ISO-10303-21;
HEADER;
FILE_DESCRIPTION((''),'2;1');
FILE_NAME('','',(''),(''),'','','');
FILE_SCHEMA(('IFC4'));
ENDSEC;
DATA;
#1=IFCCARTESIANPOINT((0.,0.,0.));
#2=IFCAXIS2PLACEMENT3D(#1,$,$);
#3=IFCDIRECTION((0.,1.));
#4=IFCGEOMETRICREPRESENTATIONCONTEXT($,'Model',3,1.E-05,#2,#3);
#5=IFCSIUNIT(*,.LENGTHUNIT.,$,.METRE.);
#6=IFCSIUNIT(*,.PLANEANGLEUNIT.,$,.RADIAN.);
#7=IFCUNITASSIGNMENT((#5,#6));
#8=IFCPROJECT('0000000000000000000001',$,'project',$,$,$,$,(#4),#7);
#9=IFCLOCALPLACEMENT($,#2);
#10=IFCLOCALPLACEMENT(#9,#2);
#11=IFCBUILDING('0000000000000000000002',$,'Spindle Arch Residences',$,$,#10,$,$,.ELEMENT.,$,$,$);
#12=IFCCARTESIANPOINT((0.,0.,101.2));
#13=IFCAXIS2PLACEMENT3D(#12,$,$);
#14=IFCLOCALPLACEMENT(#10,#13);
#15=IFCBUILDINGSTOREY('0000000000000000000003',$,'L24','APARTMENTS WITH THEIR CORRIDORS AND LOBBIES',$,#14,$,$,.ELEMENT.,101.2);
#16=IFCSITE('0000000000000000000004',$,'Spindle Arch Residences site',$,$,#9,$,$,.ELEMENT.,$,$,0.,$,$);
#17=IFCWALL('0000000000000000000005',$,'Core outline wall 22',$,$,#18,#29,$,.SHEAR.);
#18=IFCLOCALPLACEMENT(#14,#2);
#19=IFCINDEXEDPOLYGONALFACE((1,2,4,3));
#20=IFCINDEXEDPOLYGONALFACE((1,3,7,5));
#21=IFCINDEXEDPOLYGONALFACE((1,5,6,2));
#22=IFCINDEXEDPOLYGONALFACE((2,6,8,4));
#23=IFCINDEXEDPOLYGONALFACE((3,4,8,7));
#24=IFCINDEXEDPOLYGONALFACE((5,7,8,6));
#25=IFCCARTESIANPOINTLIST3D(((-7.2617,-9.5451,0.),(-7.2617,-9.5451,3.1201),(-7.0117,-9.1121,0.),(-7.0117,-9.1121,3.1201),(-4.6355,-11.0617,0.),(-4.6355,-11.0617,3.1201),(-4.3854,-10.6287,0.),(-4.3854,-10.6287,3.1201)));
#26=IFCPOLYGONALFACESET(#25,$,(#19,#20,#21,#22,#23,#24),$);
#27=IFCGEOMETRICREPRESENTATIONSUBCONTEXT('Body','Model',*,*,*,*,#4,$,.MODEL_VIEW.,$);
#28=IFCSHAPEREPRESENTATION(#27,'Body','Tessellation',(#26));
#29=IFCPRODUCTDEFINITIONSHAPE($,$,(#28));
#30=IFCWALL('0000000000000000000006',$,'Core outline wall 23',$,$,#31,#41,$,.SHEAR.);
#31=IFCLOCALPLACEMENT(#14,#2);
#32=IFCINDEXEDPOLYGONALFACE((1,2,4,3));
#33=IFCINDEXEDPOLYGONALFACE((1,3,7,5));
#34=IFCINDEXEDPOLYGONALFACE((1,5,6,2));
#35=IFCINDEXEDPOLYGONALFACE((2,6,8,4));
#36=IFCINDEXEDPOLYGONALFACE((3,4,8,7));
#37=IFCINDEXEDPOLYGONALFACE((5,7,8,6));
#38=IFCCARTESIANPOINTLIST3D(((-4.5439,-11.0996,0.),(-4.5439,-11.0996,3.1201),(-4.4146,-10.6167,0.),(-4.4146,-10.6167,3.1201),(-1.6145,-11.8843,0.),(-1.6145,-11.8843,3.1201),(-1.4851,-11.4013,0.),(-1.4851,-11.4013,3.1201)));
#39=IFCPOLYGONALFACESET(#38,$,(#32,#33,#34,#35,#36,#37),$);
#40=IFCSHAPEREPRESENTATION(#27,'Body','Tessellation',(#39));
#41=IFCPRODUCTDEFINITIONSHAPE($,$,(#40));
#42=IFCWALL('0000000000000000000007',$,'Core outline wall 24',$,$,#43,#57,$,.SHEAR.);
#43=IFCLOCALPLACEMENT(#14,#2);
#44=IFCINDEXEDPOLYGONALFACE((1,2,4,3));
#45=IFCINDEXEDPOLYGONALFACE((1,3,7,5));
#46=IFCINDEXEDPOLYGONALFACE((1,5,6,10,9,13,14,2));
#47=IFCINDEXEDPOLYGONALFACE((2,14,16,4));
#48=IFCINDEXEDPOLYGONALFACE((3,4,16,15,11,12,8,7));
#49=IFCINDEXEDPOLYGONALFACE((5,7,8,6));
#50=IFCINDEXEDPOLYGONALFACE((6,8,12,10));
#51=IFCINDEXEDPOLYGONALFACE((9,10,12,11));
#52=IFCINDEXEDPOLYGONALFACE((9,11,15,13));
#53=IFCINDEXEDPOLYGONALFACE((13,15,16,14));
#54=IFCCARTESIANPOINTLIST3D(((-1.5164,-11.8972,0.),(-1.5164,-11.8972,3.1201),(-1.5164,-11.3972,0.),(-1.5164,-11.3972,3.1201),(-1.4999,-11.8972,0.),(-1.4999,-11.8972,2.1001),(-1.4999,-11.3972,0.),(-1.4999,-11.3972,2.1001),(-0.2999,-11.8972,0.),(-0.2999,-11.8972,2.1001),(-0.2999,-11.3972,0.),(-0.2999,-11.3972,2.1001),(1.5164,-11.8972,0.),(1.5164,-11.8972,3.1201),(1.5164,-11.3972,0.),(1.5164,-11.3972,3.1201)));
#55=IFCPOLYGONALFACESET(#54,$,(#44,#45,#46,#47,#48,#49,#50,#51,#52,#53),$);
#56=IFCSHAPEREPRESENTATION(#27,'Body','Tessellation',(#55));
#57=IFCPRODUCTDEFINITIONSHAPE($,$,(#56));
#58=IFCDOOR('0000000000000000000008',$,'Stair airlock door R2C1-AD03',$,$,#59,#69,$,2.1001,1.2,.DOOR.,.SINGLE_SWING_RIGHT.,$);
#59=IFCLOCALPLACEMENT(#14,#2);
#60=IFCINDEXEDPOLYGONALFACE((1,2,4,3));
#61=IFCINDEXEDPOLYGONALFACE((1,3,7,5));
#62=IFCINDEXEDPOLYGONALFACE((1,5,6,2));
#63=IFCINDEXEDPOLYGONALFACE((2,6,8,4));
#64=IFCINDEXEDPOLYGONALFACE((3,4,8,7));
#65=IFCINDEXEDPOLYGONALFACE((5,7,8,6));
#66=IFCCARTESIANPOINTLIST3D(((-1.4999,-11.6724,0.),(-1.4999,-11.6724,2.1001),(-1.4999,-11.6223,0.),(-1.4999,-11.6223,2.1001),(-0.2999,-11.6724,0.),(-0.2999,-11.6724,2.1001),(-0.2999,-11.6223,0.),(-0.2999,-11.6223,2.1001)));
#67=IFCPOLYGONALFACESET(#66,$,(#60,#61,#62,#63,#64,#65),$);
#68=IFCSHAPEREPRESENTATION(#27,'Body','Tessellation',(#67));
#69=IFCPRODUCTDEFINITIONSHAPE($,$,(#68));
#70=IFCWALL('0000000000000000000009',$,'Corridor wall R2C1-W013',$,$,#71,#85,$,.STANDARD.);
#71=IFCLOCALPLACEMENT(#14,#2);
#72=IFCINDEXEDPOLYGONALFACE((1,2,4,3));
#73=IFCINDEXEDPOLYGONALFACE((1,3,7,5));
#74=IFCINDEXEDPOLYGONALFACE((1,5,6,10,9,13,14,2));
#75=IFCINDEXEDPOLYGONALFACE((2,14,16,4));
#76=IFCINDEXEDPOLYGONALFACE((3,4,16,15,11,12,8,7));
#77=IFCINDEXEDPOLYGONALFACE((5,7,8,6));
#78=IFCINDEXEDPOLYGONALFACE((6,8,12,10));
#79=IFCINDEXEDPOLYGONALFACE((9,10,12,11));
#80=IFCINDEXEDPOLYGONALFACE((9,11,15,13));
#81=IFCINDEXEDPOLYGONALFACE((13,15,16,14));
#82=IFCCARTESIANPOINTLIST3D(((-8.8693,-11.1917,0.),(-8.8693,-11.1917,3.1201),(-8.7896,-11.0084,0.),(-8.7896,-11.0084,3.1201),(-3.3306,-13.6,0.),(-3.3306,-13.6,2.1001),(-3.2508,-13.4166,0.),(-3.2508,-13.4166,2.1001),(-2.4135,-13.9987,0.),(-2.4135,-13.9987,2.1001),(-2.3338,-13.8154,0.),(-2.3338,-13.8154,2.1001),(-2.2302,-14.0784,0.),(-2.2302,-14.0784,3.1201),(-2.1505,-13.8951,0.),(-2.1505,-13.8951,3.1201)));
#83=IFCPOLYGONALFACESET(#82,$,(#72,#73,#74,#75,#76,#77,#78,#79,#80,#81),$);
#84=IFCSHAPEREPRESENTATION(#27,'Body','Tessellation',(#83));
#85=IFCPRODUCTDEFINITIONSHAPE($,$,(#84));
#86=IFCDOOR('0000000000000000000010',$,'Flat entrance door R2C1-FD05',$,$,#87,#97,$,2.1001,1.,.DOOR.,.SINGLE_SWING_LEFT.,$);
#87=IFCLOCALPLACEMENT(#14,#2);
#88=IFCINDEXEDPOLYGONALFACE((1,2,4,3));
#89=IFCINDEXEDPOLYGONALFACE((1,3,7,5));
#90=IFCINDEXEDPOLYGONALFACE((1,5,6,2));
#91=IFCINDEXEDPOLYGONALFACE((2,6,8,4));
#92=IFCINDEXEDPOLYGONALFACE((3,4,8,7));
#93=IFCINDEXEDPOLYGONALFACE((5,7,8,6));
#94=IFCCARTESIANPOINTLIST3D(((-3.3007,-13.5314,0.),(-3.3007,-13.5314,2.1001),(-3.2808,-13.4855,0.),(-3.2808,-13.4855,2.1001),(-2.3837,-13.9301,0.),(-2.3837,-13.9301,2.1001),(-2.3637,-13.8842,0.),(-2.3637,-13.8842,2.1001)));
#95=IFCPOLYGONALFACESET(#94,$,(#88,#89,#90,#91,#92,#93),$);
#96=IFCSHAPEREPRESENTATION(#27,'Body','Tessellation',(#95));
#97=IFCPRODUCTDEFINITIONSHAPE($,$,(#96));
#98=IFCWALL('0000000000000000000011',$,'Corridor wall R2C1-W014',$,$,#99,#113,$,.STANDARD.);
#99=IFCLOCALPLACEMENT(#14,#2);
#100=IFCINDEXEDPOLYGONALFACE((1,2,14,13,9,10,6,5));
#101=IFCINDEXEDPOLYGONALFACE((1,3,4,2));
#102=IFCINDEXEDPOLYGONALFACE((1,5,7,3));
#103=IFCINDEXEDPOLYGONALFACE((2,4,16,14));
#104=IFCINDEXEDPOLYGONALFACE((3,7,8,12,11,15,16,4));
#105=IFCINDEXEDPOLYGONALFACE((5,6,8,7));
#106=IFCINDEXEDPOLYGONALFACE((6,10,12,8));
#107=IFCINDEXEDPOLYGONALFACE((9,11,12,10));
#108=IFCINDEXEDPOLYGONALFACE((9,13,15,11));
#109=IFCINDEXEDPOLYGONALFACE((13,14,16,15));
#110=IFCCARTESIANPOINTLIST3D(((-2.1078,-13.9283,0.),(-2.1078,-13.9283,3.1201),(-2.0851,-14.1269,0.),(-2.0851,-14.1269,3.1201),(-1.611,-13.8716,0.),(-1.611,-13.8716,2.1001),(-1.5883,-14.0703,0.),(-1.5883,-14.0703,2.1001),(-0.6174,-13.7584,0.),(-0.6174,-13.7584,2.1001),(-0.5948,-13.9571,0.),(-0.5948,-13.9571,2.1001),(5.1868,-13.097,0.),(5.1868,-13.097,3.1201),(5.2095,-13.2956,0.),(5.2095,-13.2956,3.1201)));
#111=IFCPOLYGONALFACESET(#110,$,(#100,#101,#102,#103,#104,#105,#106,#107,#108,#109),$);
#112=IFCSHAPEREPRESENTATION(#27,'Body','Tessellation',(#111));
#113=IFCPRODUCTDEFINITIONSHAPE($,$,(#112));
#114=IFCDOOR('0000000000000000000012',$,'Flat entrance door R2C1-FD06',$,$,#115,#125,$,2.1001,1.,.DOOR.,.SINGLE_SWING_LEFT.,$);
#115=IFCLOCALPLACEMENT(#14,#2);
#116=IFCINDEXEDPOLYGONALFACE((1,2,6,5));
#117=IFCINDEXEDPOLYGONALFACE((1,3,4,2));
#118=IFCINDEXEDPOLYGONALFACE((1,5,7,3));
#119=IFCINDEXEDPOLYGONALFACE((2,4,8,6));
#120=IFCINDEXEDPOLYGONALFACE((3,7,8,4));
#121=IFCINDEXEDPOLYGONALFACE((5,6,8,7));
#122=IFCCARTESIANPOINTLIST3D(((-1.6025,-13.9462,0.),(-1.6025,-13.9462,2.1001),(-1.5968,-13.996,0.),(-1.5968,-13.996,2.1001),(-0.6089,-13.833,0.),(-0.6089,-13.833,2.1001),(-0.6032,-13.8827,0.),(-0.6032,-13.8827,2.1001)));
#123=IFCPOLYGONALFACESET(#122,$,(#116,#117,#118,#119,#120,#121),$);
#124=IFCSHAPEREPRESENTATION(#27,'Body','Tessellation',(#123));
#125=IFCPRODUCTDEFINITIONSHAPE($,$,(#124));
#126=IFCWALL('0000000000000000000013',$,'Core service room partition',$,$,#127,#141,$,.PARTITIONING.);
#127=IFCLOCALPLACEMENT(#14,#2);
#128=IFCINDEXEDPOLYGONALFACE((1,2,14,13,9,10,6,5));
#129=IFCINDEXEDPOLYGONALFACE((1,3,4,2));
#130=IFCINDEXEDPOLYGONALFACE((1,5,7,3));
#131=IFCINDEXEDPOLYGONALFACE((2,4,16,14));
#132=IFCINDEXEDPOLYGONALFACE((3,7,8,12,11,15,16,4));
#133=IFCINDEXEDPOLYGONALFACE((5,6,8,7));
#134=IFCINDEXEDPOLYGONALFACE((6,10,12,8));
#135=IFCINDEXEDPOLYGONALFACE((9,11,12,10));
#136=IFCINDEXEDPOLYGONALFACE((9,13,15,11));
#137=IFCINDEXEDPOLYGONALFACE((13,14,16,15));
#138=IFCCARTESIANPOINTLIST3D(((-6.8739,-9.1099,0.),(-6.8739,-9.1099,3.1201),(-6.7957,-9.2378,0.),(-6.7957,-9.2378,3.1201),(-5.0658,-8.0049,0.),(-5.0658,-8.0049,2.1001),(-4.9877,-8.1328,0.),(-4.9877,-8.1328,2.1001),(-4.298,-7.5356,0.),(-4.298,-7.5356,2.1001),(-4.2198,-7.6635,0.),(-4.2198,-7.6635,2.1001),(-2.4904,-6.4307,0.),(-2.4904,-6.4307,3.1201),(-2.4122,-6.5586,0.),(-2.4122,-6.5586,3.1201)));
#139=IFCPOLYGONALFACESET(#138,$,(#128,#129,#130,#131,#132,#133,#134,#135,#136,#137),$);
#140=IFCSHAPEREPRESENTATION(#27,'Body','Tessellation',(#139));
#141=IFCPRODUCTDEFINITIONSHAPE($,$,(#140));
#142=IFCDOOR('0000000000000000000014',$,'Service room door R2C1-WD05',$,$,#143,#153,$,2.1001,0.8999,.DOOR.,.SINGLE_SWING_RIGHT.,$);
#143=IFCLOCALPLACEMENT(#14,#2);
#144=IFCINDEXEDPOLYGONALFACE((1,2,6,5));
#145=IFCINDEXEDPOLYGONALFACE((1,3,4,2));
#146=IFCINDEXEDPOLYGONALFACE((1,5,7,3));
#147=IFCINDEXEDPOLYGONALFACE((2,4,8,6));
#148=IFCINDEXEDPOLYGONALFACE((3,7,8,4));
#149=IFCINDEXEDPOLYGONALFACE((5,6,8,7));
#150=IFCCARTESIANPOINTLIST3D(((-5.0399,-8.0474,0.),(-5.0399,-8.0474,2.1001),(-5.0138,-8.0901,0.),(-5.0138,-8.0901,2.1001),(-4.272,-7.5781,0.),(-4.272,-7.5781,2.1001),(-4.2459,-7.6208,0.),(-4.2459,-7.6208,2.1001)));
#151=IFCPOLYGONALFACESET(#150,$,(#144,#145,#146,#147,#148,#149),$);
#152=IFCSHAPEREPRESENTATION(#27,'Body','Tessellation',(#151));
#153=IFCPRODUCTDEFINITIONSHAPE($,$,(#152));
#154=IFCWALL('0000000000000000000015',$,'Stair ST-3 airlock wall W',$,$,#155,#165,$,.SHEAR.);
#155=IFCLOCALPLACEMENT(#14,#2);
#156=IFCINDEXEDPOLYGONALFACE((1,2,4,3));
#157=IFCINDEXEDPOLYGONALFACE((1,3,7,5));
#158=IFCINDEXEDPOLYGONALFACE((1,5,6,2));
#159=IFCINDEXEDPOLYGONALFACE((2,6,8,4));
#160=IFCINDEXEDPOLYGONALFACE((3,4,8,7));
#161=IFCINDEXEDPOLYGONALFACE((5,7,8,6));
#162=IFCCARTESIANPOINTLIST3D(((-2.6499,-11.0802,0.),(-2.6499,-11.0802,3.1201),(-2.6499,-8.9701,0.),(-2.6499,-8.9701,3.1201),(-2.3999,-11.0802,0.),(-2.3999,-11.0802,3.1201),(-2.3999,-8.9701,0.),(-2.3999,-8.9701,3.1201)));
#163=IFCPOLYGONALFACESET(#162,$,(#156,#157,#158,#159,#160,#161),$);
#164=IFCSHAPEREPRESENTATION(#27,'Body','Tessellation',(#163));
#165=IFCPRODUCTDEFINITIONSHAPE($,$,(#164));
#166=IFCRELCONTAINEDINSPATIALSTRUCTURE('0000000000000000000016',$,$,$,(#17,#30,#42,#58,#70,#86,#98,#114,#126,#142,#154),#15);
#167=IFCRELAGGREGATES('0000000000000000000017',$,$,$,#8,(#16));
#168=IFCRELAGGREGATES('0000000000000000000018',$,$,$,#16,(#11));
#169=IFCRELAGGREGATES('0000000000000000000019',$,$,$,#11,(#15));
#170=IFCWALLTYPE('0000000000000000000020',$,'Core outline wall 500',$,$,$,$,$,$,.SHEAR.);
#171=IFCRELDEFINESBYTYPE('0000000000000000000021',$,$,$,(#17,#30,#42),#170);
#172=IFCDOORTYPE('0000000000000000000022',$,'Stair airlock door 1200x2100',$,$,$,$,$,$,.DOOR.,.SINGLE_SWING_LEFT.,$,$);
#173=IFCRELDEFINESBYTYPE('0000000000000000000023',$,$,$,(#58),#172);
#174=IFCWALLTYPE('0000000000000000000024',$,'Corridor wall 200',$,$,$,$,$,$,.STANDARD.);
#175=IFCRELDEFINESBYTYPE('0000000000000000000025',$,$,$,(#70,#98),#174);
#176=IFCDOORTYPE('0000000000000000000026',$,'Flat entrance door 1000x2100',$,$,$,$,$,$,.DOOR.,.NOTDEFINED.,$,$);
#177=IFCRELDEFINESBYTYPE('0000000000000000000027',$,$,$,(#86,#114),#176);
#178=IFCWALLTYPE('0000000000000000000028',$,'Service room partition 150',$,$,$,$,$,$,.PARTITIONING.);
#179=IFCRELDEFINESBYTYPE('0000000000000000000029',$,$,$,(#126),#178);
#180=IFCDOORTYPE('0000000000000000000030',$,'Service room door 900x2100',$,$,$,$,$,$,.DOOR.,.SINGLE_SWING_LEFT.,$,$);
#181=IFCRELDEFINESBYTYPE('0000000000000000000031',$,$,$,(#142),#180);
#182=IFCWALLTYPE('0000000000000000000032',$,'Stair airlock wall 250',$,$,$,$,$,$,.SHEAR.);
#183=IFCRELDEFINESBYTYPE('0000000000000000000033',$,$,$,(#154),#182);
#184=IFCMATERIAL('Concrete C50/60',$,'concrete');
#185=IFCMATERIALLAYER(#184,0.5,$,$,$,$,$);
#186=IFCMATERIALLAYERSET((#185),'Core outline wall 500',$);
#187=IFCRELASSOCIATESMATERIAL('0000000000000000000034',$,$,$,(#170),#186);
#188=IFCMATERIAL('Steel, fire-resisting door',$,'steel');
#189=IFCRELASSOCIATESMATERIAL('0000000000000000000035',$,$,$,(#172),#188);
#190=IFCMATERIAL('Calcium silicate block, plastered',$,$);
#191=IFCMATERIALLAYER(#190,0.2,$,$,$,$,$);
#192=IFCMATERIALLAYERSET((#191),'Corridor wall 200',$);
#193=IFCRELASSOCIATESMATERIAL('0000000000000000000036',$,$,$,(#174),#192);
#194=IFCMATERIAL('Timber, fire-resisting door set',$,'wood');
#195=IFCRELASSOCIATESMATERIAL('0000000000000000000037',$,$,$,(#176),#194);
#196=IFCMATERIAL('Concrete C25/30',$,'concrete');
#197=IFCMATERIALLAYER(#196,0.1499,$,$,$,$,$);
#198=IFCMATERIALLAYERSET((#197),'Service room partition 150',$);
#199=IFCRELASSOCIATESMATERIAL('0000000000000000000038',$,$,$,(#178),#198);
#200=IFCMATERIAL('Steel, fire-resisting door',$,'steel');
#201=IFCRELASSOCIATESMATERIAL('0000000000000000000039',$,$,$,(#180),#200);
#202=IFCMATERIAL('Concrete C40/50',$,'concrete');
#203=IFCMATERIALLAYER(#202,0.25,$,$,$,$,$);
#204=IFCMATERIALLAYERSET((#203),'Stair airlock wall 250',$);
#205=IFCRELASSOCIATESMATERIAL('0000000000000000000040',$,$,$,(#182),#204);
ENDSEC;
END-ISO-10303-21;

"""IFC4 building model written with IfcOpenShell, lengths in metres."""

from ifc_helpers import new_model, si_unit, direction, frame, frame_2d, origin, place, context, subcontext, project, spatial, rectangle, extrude, material, layer, layer_set, type_object, element, fill, save


model = new_model("IFC4")

# Units and contexts
model_context = context("Model", 3, precision=1e-05, world=origin(), true_north=direction((0.0, 1.0)))
body_context = subcontext(model_context, "Body", "Model", "MODEL_VIEW")
ifc_project = project(units=[si_unit("LENGTHUNIT", "METRE"), si_unit("PLANEANGLEUNIT", "RADIAN")], contexts=[model_context])

# Site, building, storey
site_placement = place(None, origin())
site = spatial("IfcSite", under=ifc_project, at=site_placement, Name="Spindle Arch Residences site", CompositionType="ELEMENT", RefElevation=0.0)
building_placement = place(site_placement, origin())
building = spatial("IfcBuilding", under=site, at=building_placement, Name="Spindle Arch Residences", CompositionType="ELEMENT")
storey_placement = place(building_placement, frame((0.0, 0.0, 101.2)))
storey = spatial("IfcBuildingStorey", under=building, at=storey_placement, Name="L24", Description="APARTMENTS WITH THEIR CORRIDORS AND LOBBIES", CompositionType="ELEMENT", Elevation=101.2)

# Walls
ifc_material_1 = material(Name="Concrete C50/60", Category="concrete")
ifc_layer_1 = layer(ifc_material_1, 0.5)
ifc_layer_set_1 = layer_set([ifc_layer_1], Name="Core outline wall 500")
wall_type_1 = type_object("IfcWallType", Name="Core outline wall 500", PredefinedType="SHEAR", material=ifc_layer_set_1)
for number, where, z_axis, x_axis, name in (
    (1, (-7.1367, -9.3286, 0.0), (0.0, 0.0, 1.0), (0.865975, -0.500087, 0.0), "Core outline wall 22"),
    (2, (-4.4792, -10.8582, 0.0), (0.0, 0.0, 1.0), (0.965948, -0.258735, 0.0), "Core outline wall 23"),
):
    element("IfcWall", number, at=place(storey_placement, frame(where, z_axis=z_axis, x_axis=x_axis)), inside=storey, type_object=wall_type_1, Name=name, PredefinedType="SHEAR", context=body_context, shape_type="SweptSolid", body=[
        extrude(rectangle(XDim=3.0327, YDim=0.5, at=frame_2d((1.5164, 0.0))), origin(), (0.0, 0.0, 1.0), 3.1201),
    ])

# Walls, openings, doors
wall_1_placement = place(storey_placement, frame((-1.5164, -11.6472, 0.0), z_axis=(0.0, 0.0, 1.0), x_axis=(1.0, 0.0, 0.0)))
wall_1 = element("IfcWall", 3, at=wall_1_placement, inside=storey, type_object=wall_type_1, Name="Core outline wall 24", PredefinedType="SHEAR", context=body_context, shape_type="SweptSolid", body=[
    extrude(rectangle(XDim=3.0327, YDim=0.5, at=frame_2d((1.5164, 0.0))), origin(), (0.0, 0.0, 1.0), 3.1201),
])
opening_1_placement = place(wall_1_placement, frame((0.0164, 0.0, 0.0)))
opening_1 = element("IfcOpeningElement", 4, at=opening_1_placement, cuts=wall_1, PredefinedType="OPENING", context=body_context, shape_type="SweptSolid", body=[
    extrude(rectangle(XDim=1.2, YDim=2.1001, at=frame_2d((0.6001, 1.05))), frame((0.0, 0.26, 0.0), z_axis=(0.0, -1.0, 0.0), x_axis=(1.0, 0.0, 0.0)), (0.0, 0.0, 1.0), 0.52),
])
ifc_material_2 = material(Name="Steel, fire-resisting door", Category="steel")
door_type_1 = type_object("IfcDoorType", Name="Stair airlock door 1200x2100", OperationType="SINGLE_SWING_LEFT", PredefinedType="DOOR", material=ifc_material_2)
door_1_placement = place(opening_1_placement, origin())
door_1 = element("IfcDoor", 5, at=door_1_placement, inside=storey, type_object=door_type_1, Name="Stair airlock door R2C1-AD03", OperationType="SINGLE_SWING_RIGHT", OverallHeight=2.1001, OverallWidth=1.2, PredefinedType="DOOR", context=body_context, shape_type="SweptSolid", body=[
    extrude(rectangle(XDim=1.2, YDim=2.1001, at=frame_2d((0.6001, 1.05))), frame((0.0, 0.0249, 0.0), z_axis=(0.0, -1.0, 0.0), x_axis=(1.0, 0.0, 0.0)), (0.0, 0.0, 1.0), 0.05),
])
fill(opening_1, door_1)
ifc_material_3 = material(Name="Calcium silicate block, plastered")
ifc_layer_2 = layer(ifc_material_3, 0.2)
ifc_layer_set_2 = layer_set([ifc_layer_2], Name="Corridor wall 200")
wall_type_2 = type_object("IfcWallType", Name="Corridor wall 200", PredefinedType="STANDARD", material=ifc_layer_set_2)
wall_2_placement = place(storey_placement, frame((-8.8293, -11.1001, 0.0), z_axis=(0.0, 0.0, 1.0), x_axis=(0.917064, -0.398741, 0.0)))
wall_2 = element("IfcWall", 6, at=wall_2_placement, inside=storey, type_object=wall_type_2, Name="Corridor wall R2C1-W013", PredefinedType="STANDARD", context=body_context, shape_type="SweptSolid", body=[
    extrude(rectangle(XDim=7.2395, YDim=0.2, at=frame_2d((3.6196, 0.0))), origin(), (0.0, 0.0, 1.0), 3.1201),
])
opening_2_placement = place(wall_2_placement, frame((6.0396, 0.0, 0.0)))
opening_2 = element("IfcOpeningElement", 7, at=opening_2_placement, cuts=wall_2, PredefinedType="OPENING", context=body_context, shape_type="SweptSolid", body=[
    extrude(rectangle(XDim=1.0, YDim=2.1001, at=frame_2d((0.5, 1.05))), frame((0.0, 0.1099, 0.0), z_axis=(0.0, -1.0, 0.0), x_axis=(1.0, 0.0, 0.0)), (0.0, 0.0, 1.0), 0.22),
])
ifc_material_4 = material(Name="Timber, fire-resisting door set", Category="wood")
door_type_2 = type_object("IfcDoorType", Name="Flat entrance door 1000x2100", OperationType="NOTDEFINED", PredefinedType="DOOR", material=ifc_material_4)
door_2_placement = place(opening_2_placement, origin())
door_2 = element("IfcDoor", 8, at=door_2_placement, inside=storey, type_object=door_type_2, Name="Flat entrance door R2C1-FD05", OperationType="SINGLE_SWING_LEFT", OverallHeight=2.1001, OverallWidth=1.0, PredefinedType="DOOR", context=body_context, shape_type="SweptSolid", body=[
    extrude(rectangle(XDim=1.0, YDim=2.1001, at=frame_2d((0.5, 1.05))), frame((0.0, 0.0249, 0.0), z_axis=(0.0, -1.0, 0.0), x_axis=(1.0, 0.0, 0.0)), (0.0, 0.0, 1.0), 0.05),
])
fill(opening_2, door_2)
wall_3_placement = place(storey_placement, frame((-2.0964, -14.0276, 0.0), z_axis=(0.0, 0.0, 1.0), x_axis=(0.993569, 0.113227, 0.0)))
wall_3 = element("IfcWall", 9, at=wall_3_placement, inside=storey, type_object=wall_type_2, Name="Corridor wall R2C1-W014", PredefinedType="STANDARD", context=body_context, shape_type="SweptSolid", body=[
    extrude(rectangle(XDim=7.3418, YDim=0.2, at=frame_2d((3.6709, 0.0))), origin(), (0.0, 0.0, 1.0), 3.1201),
])
opening_3_placement = place(wall_3_placement, frame((0.5, 0.0, 0.0)))
opening_3 = element("IfcOpeningElement", 10, at=opening_3_placement, cuts=wall_3, PredefinedType="OPENING", context=body_context, shape_type="SweptSolid", body=[
    extrude(rectangle(XDim=1.0, YDim=2.1001, at=frame_2d((0.5, 1.05))), frame((0.0, 0.1099, 0.0), z_axis=(0.0, -1.0, 0.0), x_axis=(1.0, 0.0, 0.0)), (0.0, 0.0, 1.0), 0.22),
])
door_3_placement = place(opening_3_placement, origin())
door_3 = element("IfcDoor", 11, at=door_3_placement, inside=storey, type_object=door_type_2, Name="Flat entrance door R2C1-FD06", OperationType="SINGLE_SWING_LEFT", OverallHeight=2.1001, OverallWidth=1.0, PredefinedType="DOOR", context=body_context, shape_type="SweptSolid", body=[
    extrude(rectangle(XDim=1.0, YDim=2.1001, at=frame_2d((0.5, 1.05))), frame((0.0, 0.0249, 0.0), z_axis=(0.0, -1.0, 0.0), x_axis=(1.0, 0.0, 0.0)), (0.0, 0.0, 1.0), 0.05),
])
fill(opening_3, door_3)
ifc_material_5 = material(Name="Concrete C25/30", Category="concrete")
ifc_layer_3 = layer(ifc_material_5, 0.1499)
ifc_layer_set_3 = layer_set([ifc_layer_3], Name="Service room partition 150")
wall_type_3 = type_object("IfcWallType", Name="Service room partition 150", PredefinedType="PARTITIONING", material=ifc_layer_set_3)
wall_4_placement = place(storey_placement, frame((-2.4512, -6.4946, 0.0), z_axis=(0.0, 0.0, 1.0), x_axis=(-0.85325, -0.521502, 0.0)))
wall_4 = element("IfcWall", 12, at=wall_4_placement, inside=storey, type_object=wall_type_3, Name="Core service room partition", PredefinedType="PARTITIONING", context=body_context, shape_type="SweptSolid", body=[
    extrude(rectangle(XDim=5.1375, YDim=0.1499, at=frame_2d((2.5688, 0.0))), origin(), (0.0, 0.0, 1.0), 3.1201),
])
opening_4_placement = place(wall_4_placement, frame((2.1187, 0.0, 0.0)))
opening_4 = element("IfcOpeningElement", 13, at=opening_4_placement, cuts=wall_4, PredefinedType="OPENING", context=body_context, shape_type="SweptSolid", body=[
    extrude(rectangle(XDim=0.8999, YDim=2.1001, at=frame_2d((0.45, 1.05))), frame((0.0, 0.085, 0.0), z_axis=(0.0, -1.0, 0.0), x_axis=(1.0, 0.0, 0.0)), (0.0, 0.0, 1.0), 0.1699),
])
ifc_material_6 = material(Name="Steel, fire-resisting door", Category="steel")
door_type_3 = type_object("IfcDoorType", Name="Service room door 900x2100", OperationType="SINGLE_SWING_LEFT", PredefinedType="DOOR", material=ifc_material_6)
door_4_placement = place(opening_4_placement, origin())
door_4 = element("IfcDoor", 14, at=door_4_placement, inside=storey, type_object=door_type_3, Name="Service room door R2C1-WD05", OperationType="SINGLE_SWING_RIGHT", OverallHeight=2.1001, OverallWidth=0.8999, PredefinedType="DOOR", context=body_context, shape_type="SweptSolid", body=[
    extrude(rectangle(XDim=0.8999, YDim=2.1001, at=frame_2d((0.45, 1.05))), frame((0.0, 0.0249, 0.0), z_axis=(0.0, -1.0, 0.0), x_axis=(1.0, 0.0, 0.0)), (0.0, 0.0, 1.0), 0.05),
])
fill(opening_4, door_4)

# Wall
ifc_material_7 = material(Name="Concrete C40/50", Category="concrete")
ifc_layer_4 = layer(ifc_material_7, 0.25)
ifc_layer_set_4 = layer_set([ifc_layer_4], Name="Stair airlock wall 250")
wall_type_4 = type_object("IfcWallType", Name="Stair airlock wall 250", PredefinedType="SHEAR", material=ifc_layer_set_4)
wall_5_placement = place(storey_placement, frame((-2.5249, -8.97, 0.0), z_axis=(0.0, 0.0, 1.0), x_axis=(0.0, -1.0, 0.0)))
element("IfcWall", 15, at=wall_5_placement, inside=storey, type_object=wall_type_4, Name="Stair ST-3 airlock wall W", PredefinedType="SHEAR", context=body_context, shape_type="SweptSolid", body=[
    extrude(rectangle(XDim=2.1101, YDim=0.25, at=frame_2d((1.0552, 0.0))), origin(), (0.0, 0.0, 1.0), 3.1201),
])

save(model, "model.ifc")
